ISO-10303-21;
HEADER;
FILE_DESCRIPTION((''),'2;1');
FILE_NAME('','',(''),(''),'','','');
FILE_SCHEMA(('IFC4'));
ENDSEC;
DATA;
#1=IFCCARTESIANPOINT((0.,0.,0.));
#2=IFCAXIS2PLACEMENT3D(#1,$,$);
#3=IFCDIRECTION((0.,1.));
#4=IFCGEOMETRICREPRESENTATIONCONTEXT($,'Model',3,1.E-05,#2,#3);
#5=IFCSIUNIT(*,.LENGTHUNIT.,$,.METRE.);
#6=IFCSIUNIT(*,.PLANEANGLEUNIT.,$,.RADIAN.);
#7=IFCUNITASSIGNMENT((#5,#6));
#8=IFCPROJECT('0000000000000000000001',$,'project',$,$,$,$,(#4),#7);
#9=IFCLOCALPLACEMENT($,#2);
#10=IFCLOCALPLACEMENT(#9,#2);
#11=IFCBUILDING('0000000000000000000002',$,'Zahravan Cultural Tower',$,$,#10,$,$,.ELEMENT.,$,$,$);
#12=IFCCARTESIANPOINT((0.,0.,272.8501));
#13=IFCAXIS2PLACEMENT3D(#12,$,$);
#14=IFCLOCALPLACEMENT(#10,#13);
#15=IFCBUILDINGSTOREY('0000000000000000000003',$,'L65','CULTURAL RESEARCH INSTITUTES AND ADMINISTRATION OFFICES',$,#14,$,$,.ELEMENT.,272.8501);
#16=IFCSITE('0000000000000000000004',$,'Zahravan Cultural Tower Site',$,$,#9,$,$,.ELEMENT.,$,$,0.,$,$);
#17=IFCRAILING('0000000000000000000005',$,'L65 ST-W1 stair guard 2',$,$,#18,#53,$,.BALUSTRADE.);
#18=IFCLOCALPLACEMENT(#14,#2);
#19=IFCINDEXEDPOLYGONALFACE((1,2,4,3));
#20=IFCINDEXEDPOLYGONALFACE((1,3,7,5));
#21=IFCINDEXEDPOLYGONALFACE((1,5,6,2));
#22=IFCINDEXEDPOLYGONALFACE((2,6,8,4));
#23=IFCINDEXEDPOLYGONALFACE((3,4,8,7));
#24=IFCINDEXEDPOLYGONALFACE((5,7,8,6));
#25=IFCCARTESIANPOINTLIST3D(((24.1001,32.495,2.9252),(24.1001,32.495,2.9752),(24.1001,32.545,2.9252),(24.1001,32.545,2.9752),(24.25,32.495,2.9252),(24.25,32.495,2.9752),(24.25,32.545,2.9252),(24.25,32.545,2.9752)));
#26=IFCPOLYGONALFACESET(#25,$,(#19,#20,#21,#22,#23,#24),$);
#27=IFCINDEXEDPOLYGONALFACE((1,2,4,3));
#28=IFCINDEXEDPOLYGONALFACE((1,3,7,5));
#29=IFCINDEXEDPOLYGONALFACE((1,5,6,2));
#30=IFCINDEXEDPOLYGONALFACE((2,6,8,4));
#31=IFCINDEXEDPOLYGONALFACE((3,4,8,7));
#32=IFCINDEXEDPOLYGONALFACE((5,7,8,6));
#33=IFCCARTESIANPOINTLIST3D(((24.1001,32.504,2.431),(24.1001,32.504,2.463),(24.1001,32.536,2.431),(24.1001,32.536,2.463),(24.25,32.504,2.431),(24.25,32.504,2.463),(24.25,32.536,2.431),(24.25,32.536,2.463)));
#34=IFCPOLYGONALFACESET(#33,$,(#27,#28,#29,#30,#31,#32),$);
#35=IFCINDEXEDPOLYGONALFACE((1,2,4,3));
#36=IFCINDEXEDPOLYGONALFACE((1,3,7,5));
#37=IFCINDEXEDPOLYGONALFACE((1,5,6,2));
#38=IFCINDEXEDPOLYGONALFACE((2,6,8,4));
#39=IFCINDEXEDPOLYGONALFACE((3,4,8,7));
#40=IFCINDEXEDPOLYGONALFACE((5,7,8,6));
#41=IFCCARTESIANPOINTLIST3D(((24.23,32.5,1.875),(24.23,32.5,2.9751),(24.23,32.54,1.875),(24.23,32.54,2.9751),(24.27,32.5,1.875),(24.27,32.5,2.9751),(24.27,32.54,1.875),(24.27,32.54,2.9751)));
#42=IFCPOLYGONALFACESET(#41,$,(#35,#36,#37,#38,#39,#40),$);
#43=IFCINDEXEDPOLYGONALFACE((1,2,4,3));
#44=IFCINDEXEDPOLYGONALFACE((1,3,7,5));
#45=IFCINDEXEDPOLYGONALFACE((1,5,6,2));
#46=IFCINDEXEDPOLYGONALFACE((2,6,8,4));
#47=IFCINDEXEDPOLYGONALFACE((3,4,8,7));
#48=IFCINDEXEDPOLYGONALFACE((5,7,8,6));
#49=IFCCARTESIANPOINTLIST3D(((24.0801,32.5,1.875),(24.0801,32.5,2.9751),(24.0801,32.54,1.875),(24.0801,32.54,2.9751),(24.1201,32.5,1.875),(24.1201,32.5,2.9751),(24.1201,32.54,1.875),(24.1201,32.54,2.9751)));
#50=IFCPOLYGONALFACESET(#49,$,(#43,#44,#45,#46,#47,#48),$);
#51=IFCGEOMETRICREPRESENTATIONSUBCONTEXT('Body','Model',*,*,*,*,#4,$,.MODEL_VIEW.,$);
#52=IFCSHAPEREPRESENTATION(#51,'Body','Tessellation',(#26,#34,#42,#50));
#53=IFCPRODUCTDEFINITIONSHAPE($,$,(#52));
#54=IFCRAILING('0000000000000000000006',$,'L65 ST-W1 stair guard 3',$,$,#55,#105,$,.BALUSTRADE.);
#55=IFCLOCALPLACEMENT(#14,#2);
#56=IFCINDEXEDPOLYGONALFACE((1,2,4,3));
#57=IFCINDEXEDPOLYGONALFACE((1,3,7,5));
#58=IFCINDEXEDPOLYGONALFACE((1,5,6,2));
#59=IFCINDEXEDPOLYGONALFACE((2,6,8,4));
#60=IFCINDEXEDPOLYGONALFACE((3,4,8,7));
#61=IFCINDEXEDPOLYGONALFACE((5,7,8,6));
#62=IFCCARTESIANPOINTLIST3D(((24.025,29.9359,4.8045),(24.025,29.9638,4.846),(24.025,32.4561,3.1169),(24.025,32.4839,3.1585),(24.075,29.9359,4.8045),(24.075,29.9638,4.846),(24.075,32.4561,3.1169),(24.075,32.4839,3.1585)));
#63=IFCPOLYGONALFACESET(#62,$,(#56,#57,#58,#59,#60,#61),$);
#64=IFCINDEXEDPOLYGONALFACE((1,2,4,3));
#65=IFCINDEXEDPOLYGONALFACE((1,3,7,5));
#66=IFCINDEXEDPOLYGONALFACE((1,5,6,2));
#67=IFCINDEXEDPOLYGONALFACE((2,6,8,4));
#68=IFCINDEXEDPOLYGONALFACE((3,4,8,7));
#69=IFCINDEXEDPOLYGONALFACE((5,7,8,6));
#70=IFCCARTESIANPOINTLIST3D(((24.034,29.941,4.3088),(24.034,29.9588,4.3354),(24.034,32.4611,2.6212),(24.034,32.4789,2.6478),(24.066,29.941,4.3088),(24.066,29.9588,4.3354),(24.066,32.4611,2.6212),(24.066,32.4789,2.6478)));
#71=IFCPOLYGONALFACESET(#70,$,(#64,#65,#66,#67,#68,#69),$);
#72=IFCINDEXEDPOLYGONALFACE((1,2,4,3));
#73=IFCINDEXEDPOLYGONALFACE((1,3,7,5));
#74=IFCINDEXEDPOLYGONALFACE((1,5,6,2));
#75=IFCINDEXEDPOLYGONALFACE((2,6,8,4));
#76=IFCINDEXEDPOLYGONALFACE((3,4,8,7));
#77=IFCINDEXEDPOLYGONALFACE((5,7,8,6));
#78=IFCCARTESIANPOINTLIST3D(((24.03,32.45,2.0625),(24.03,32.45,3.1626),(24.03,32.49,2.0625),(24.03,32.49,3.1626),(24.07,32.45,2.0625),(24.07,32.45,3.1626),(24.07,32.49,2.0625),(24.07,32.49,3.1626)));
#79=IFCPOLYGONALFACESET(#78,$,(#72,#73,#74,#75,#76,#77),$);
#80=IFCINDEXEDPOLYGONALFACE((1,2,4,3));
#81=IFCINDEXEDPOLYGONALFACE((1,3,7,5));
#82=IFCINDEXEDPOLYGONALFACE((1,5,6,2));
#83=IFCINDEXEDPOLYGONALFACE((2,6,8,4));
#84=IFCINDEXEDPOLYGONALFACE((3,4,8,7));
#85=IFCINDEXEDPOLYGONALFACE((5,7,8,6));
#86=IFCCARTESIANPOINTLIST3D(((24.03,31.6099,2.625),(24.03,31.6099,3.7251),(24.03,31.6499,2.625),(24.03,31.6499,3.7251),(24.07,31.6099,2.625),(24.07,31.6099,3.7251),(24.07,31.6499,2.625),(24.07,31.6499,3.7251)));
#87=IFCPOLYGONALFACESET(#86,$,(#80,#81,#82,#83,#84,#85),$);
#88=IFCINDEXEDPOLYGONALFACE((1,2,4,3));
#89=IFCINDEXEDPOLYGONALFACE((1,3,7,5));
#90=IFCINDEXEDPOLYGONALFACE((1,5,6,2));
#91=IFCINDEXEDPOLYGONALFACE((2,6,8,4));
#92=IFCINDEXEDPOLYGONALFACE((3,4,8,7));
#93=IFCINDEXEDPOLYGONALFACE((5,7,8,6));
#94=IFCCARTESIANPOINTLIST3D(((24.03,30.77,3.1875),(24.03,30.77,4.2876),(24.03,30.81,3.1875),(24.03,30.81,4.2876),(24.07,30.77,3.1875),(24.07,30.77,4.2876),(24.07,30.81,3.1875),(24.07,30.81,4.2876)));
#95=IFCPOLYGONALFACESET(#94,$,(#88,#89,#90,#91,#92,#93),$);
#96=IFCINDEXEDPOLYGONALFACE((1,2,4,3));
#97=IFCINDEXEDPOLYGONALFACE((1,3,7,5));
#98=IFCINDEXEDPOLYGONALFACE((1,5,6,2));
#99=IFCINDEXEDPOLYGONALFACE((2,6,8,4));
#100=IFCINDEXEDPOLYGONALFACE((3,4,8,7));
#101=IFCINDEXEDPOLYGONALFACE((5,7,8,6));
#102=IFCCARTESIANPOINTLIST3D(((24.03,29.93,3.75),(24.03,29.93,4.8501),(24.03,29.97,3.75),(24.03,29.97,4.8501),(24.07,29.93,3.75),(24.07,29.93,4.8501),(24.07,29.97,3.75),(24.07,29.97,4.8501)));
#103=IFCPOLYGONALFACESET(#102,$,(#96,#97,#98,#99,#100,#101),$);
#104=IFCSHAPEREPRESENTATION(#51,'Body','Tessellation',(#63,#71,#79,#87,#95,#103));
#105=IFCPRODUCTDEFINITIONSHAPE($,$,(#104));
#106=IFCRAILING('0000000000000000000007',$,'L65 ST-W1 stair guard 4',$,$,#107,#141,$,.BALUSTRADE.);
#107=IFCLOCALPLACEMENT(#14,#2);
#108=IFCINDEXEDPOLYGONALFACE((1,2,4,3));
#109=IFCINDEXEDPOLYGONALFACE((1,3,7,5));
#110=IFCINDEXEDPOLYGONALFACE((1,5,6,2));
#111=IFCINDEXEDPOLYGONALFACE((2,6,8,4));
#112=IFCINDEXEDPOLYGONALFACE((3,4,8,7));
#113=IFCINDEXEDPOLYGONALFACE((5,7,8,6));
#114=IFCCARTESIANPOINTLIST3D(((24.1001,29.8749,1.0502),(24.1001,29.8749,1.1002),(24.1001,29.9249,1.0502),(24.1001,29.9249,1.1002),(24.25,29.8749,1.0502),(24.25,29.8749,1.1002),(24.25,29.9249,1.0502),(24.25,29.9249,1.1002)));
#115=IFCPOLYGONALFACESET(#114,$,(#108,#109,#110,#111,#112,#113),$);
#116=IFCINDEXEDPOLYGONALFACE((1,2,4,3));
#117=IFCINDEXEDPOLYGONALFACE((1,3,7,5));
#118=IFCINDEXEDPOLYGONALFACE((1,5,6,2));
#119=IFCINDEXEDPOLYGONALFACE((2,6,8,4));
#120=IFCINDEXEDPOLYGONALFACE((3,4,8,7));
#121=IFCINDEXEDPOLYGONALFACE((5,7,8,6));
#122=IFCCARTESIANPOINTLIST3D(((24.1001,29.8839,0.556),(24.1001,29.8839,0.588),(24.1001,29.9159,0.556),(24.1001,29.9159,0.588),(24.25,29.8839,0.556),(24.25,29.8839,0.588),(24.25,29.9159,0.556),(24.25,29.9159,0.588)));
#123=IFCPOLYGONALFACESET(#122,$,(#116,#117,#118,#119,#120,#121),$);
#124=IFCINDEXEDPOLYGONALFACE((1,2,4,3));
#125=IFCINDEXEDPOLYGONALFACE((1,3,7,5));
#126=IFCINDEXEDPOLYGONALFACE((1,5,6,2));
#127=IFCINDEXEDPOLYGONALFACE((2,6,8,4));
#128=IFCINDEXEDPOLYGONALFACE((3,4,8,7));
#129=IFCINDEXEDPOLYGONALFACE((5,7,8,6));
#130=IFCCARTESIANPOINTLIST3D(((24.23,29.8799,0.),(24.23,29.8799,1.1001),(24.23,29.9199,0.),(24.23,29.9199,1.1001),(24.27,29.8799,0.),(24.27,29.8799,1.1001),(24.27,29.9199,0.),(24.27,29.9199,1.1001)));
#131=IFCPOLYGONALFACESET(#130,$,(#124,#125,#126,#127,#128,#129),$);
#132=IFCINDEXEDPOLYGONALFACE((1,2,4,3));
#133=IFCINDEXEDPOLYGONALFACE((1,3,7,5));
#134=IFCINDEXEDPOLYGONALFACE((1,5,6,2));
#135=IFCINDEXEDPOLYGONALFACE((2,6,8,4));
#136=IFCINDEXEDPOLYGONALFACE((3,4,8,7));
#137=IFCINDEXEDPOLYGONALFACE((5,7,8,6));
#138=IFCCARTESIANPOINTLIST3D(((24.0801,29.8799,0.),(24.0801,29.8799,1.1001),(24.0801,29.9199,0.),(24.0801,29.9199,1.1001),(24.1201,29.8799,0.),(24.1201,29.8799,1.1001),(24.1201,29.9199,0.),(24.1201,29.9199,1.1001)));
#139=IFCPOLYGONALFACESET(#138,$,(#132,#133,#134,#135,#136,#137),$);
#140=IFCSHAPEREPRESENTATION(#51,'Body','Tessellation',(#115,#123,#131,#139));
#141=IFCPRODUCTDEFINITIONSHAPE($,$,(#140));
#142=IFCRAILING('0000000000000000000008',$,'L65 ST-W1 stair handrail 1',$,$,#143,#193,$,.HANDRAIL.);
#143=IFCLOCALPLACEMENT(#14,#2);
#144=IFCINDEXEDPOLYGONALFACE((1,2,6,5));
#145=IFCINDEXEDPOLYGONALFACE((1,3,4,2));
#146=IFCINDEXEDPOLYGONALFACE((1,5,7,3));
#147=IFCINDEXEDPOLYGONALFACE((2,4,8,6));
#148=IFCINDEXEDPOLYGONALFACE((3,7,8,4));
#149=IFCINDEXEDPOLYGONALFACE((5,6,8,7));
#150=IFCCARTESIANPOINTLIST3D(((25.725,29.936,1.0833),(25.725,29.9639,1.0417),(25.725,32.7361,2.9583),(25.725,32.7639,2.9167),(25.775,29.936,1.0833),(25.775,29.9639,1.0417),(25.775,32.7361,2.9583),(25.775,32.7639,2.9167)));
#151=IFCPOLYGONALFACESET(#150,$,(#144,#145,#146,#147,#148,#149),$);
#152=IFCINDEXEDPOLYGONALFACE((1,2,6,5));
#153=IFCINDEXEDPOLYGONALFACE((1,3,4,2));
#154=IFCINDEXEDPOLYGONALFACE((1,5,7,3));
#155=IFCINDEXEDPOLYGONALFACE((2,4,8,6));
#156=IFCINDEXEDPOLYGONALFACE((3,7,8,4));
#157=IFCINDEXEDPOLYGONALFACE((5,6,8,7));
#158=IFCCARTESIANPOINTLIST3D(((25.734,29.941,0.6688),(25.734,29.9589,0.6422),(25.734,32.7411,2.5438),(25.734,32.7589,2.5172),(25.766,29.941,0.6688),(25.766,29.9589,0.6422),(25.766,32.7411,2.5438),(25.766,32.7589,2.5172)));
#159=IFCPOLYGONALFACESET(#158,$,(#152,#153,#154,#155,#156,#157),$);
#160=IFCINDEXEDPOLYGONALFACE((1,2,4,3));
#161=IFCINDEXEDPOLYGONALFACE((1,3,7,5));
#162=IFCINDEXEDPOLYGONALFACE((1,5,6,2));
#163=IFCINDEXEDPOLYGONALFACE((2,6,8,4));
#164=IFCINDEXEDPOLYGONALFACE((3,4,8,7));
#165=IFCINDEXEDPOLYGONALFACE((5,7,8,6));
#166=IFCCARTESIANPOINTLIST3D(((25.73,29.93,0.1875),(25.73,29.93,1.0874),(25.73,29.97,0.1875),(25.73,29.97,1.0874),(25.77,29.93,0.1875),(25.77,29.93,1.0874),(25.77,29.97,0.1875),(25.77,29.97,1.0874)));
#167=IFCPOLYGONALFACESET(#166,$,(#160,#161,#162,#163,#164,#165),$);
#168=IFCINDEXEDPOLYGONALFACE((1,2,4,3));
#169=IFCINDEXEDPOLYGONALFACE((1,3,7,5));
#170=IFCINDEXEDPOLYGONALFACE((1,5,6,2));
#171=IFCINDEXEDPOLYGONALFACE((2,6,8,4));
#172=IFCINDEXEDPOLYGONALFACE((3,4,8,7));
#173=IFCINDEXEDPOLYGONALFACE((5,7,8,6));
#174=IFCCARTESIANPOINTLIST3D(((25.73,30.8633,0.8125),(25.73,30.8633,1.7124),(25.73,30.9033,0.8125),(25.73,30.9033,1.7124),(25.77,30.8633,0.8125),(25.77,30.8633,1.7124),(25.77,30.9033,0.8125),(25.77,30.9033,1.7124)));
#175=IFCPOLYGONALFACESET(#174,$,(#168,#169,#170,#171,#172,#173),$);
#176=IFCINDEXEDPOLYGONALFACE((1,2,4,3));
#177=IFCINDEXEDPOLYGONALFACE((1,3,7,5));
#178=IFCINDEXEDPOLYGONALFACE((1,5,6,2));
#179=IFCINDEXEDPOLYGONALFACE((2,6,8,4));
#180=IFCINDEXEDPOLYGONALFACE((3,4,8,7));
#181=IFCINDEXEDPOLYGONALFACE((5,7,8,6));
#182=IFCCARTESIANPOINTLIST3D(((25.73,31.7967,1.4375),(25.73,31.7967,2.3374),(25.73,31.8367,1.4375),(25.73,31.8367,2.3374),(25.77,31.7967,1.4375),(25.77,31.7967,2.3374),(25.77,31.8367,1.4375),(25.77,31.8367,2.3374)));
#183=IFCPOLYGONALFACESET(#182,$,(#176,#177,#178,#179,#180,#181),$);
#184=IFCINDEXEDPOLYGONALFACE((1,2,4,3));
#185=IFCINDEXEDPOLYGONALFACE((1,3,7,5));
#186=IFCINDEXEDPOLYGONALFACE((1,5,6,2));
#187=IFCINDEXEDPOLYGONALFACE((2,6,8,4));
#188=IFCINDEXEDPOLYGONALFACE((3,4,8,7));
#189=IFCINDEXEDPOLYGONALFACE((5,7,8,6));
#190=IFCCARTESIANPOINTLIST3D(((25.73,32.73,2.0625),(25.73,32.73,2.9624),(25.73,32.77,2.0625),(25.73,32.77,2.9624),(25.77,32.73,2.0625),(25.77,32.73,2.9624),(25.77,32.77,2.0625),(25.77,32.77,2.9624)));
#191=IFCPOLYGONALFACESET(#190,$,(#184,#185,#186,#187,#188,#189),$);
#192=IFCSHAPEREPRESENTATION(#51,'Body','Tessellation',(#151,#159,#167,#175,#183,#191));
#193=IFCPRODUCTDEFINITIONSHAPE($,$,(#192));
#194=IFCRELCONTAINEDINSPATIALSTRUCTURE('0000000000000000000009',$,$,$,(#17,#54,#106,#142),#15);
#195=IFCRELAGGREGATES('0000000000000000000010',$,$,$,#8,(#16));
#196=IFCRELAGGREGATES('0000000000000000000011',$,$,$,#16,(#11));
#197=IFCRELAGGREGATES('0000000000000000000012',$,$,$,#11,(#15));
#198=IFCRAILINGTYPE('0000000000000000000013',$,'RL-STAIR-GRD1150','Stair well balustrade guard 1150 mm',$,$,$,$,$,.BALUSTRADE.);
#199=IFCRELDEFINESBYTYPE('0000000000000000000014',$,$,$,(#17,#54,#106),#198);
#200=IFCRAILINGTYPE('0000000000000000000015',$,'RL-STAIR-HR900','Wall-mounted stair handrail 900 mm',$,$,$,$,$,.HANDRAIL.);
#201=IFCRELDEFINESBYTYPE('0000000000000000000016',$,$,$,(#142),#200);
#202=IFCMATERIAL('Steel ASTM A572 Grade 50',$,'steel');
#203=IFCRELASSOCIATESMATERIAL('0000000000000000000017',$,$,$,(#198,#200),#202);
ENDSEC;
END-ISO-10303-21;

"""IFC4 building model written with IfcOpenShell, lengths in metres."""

from ifc_helpers import new_model, si_unit, direction, frame, origin, origin_2d, place, context, subcontext, project, spatial, rectangle, extrude, material, type_object, element, save


model = new_model("IFC4")

# Units and contexts
model_context = context("Model", 3, precision=1e-05, world=origin(), true_north=direction((0.0, 1.0)))
body_context = subcontext(model_context, "Body", "Model", "MODEL_VIEW")
ifc_project = project(units=[si_unit("LENGTHUNIT", "METRE"), si_unit("PLANEANGLEUNIT", "RADIAN")], contexts=[model_context])

# Site, building, storey
site_placement = place(None, origin())
site = spatial("IfcSite", under=ifc_project, at=site_placement, Name="Zahravan Cultural Tower Site", CompositionType="ELEMENT", RefElevation=0.0)
building_placement = place(site_placement, origin())
building = spatial("IfcBuilding", under=site, at=building_placement, Name="Zahravan Cultural Tower", CompositionType="ELEMENT")
storey_placement = place(building_placement, frame((0.0, 0.0, 272.8501)))
storey = spatial("IfcBuildingStorey", under=building, at=storey_placement, Name="L65", Description="CULTURAL RESEARCH INSTITUTES AND ADMINISTRATION OFFICES", CompositionType="ELEMENT", Elevation=272.8501)

# Shared definitions
ifc_material_1 = material(Name="Steel ASTM A572 Grade 50", Category="steel")

# Railings
railing_type_1 = type_object("IfcRailingType", Name="RL-STAIR-GRD1150", Description="Stair well balustrade guard 1150 mm", PredefinedType="BALUSTRADE", material=ifc_material_1)
railing_1_placement = place(storey_placement, frame((24.25, 32.52, 1.875)))
element("IfcRailing", 1, at=railing_1_placement, inside=storey, type_object=railing_type_1, Name="L65 ST-W1 stair guard 2", PredefinedType="BALUSTRADE", context=body_context, shape_type="SweptSolid", body=[
    extrude(rectangle(XDim=0.05, YDim=0.05, at=origin_2d()), frame((0.0, 0.0, 1.0752), z_axis=(-1.0, 0.0, 0.0), x_axis=(0.0, -1.0, 0.0)), (0.0, 0.0, 1.0), 0.1499),
    extrude(rectangle(XDim=0.032, YDim=0.032, at=origin_2d()), frame((0.0, 0.0, 0.572), z_axis=(-1.0, 0.0, 0.0), x_axis=(0.0, -1.0, 0.0)), (0.0, 0.0, 1.0), 0.1499),
    extrude(rectangle(XDim=0.04, YDim=0.04, at=origin_2d()), origin(), (0.0, 0.0, 1.0), 1.1001),
    extrude(rectangle(XDim=0.04, YDim=0.04, at=origin_2d()), frame((-0.1499, 0.0, 0.0)), (0.0, 0.0, 1.0), 1.1001),
])
railing_2_placement = place(storey_placement, frame((24.05, 32.47, 2.0625)))
element("IfcRailing", 2, at=railing_2_placement, inside=storey, type_object=railing_type_1, Name="L65 ST-W1 stair guard 3", PredefinedType="BALUSTRADE", context=body_context, shape_type="SweptSolid", body=[
    extrude(rectangle(XDim=0.05, YDim=0.05, at=origin_2d()), frame((0.0, 0.0, 1.0752), z_axis=(0.0, -0.830909, 0.556408), x_axis=(1.0, 0.0, 0.0)), (0.0, 0.0, 1.0), 3.033),
    extrude(rectangle(XDim=0.032, YDim=0.032, at=origin_2d()), frame((0.0, 0.0, 0.572), z_axis=(0.0, -0.830909, 0.556408), x_axis=(1.0, 0.0, 0.0)), (0.0, 0.0, 1.0), 3.033),
    extrude(rectangle(XDim=0.04, YDim=0.04, at=origin_2d()), origin(), (0.0, 0.0, 1.0), 1.1001),
    extrude(rectangle(XDim=0.04, YDim=0.04, at=origin_2d()), frame((0.0, -0.8401, 0.5625)), (0.0, 0.0, 1.0), 1.1001),
    extrude(rectangle(XDim=0.04, YDim=0.04, at=origin_2d()), frame((0.0, -1.6799, 1.125)), (0.0, 0.0, 1.0), 1.1001),
    extrude(rectangle(XDim=0.04, YDim=0.04, at=origin_2d()), frame((0.0, -2.52, 1.6875)), (0.0, 0.0, 1.0), 1.1001),
])
railing_3_placement = place(storey_placement, frame((24.25, 29.8999, 0.0)))
element("IfcRailing", 3, at=railing_3_placement, inside=storey, type_object=railing_type_1, Name="L65 ST-W1 stair guard 4", PredefinedType="BALUSTRADE", context=body_context, shape_type="SweptSolid", body=[
    extrude(rectangle(XDim=0.05, YDim=0.05, at=origin_2d()), frame((0.0, 0.0, 1.0752), z_axis=(-1.0, 0.0, 0.0), x_axis=(0.0, -1.0, 0.0)), (0.0, 0.0, 1.0), 0.1499),
    extrude(rectangle(XDim=0.032, YDim=0.032, at=origin_2d()), frame((0.0, 0.0, 0.572), z_axis=(-1.0, 0.0, 0.0), x_axis=(0.0, -1.0, 0.0)), (0.0, 0.0, 1.0), 0.1499),
    extrude(rectangle(XDim=0.04, YDim=0.04, at=origin_2d()), origin(), (0.0, 0.0, 1.0), 1.1001),
    extrude(rectangle(XDim=0.04, YDim=0.04, at=origin_2d()), frame((-0.1499, 0.0, 0.0)), (0.0, 0.0, 1.0), 1.1001),
])
railing_type_2 = type_object("IfcRailingType", Name="RL-STAIR-HR900", Description="Wall-mounted stair handrail 900 mm", PredefinedType="HANDRAIL", material=ifc_material_1)
railing_4_placement = place(storey_placement, frame((25.75, 29.95, 0.1875)))
element("IfcRailing", 4, at=railing_4_placement, inside=storey, type_object=railing_type_2, Name="L65 ST-W1 stair handrail 1", PredefinedType="HANDRAIL", context=body_context, shape_type="SweptSolid", body=[
    extrude(rectangle(XDim=0.05, YDim=0.05, at=origin_2d()), frame((0.0, 0.0, 0.875), z_axis=(0.0, 0.830912, 0.556404), x_axis=(-1.0, 0.0, 0.0)), (0.0, 0.0, 1.0), 3.3699),
    extrude(rectangle(XDim=0.032, YDim=0.032, at=origin_2d()), frame((0.0, 0.0, 0.468), z_axis=(0.0, 0.830912, 0.556404), x_axis=(-1.0, 0.0, 0.0)), (0.0, 0.0, 1.0), 3.3699),
    extrude(rectangle(XDim=0.04, YDim=0.04, at=origin_2d()), origin(), (0.0, 0.0, 1.0), 0.8999),
    extrude(rectangle(XDim=0.04, YDim=0.04, at=origin_2d()), frame((0.0, 0.9333, 0.625)), (0.0, 0.0, 1.0), 0.8999),
    extrude(rectangle(XDim=0.04, YDim=0.04, at=origin_2d()), frame((0.0, 1.8667, 1.25)), (0.0, 0.0, 1.0), 0.8999),
    extrude(rectangle(XDim=0.04, YDim=0.04, at=origin_2d()), frame((0.0, 2.8, 1.875)), (0.0, 0.0, 1.0), 0.8999),
])

save(model, "model.ifc")
